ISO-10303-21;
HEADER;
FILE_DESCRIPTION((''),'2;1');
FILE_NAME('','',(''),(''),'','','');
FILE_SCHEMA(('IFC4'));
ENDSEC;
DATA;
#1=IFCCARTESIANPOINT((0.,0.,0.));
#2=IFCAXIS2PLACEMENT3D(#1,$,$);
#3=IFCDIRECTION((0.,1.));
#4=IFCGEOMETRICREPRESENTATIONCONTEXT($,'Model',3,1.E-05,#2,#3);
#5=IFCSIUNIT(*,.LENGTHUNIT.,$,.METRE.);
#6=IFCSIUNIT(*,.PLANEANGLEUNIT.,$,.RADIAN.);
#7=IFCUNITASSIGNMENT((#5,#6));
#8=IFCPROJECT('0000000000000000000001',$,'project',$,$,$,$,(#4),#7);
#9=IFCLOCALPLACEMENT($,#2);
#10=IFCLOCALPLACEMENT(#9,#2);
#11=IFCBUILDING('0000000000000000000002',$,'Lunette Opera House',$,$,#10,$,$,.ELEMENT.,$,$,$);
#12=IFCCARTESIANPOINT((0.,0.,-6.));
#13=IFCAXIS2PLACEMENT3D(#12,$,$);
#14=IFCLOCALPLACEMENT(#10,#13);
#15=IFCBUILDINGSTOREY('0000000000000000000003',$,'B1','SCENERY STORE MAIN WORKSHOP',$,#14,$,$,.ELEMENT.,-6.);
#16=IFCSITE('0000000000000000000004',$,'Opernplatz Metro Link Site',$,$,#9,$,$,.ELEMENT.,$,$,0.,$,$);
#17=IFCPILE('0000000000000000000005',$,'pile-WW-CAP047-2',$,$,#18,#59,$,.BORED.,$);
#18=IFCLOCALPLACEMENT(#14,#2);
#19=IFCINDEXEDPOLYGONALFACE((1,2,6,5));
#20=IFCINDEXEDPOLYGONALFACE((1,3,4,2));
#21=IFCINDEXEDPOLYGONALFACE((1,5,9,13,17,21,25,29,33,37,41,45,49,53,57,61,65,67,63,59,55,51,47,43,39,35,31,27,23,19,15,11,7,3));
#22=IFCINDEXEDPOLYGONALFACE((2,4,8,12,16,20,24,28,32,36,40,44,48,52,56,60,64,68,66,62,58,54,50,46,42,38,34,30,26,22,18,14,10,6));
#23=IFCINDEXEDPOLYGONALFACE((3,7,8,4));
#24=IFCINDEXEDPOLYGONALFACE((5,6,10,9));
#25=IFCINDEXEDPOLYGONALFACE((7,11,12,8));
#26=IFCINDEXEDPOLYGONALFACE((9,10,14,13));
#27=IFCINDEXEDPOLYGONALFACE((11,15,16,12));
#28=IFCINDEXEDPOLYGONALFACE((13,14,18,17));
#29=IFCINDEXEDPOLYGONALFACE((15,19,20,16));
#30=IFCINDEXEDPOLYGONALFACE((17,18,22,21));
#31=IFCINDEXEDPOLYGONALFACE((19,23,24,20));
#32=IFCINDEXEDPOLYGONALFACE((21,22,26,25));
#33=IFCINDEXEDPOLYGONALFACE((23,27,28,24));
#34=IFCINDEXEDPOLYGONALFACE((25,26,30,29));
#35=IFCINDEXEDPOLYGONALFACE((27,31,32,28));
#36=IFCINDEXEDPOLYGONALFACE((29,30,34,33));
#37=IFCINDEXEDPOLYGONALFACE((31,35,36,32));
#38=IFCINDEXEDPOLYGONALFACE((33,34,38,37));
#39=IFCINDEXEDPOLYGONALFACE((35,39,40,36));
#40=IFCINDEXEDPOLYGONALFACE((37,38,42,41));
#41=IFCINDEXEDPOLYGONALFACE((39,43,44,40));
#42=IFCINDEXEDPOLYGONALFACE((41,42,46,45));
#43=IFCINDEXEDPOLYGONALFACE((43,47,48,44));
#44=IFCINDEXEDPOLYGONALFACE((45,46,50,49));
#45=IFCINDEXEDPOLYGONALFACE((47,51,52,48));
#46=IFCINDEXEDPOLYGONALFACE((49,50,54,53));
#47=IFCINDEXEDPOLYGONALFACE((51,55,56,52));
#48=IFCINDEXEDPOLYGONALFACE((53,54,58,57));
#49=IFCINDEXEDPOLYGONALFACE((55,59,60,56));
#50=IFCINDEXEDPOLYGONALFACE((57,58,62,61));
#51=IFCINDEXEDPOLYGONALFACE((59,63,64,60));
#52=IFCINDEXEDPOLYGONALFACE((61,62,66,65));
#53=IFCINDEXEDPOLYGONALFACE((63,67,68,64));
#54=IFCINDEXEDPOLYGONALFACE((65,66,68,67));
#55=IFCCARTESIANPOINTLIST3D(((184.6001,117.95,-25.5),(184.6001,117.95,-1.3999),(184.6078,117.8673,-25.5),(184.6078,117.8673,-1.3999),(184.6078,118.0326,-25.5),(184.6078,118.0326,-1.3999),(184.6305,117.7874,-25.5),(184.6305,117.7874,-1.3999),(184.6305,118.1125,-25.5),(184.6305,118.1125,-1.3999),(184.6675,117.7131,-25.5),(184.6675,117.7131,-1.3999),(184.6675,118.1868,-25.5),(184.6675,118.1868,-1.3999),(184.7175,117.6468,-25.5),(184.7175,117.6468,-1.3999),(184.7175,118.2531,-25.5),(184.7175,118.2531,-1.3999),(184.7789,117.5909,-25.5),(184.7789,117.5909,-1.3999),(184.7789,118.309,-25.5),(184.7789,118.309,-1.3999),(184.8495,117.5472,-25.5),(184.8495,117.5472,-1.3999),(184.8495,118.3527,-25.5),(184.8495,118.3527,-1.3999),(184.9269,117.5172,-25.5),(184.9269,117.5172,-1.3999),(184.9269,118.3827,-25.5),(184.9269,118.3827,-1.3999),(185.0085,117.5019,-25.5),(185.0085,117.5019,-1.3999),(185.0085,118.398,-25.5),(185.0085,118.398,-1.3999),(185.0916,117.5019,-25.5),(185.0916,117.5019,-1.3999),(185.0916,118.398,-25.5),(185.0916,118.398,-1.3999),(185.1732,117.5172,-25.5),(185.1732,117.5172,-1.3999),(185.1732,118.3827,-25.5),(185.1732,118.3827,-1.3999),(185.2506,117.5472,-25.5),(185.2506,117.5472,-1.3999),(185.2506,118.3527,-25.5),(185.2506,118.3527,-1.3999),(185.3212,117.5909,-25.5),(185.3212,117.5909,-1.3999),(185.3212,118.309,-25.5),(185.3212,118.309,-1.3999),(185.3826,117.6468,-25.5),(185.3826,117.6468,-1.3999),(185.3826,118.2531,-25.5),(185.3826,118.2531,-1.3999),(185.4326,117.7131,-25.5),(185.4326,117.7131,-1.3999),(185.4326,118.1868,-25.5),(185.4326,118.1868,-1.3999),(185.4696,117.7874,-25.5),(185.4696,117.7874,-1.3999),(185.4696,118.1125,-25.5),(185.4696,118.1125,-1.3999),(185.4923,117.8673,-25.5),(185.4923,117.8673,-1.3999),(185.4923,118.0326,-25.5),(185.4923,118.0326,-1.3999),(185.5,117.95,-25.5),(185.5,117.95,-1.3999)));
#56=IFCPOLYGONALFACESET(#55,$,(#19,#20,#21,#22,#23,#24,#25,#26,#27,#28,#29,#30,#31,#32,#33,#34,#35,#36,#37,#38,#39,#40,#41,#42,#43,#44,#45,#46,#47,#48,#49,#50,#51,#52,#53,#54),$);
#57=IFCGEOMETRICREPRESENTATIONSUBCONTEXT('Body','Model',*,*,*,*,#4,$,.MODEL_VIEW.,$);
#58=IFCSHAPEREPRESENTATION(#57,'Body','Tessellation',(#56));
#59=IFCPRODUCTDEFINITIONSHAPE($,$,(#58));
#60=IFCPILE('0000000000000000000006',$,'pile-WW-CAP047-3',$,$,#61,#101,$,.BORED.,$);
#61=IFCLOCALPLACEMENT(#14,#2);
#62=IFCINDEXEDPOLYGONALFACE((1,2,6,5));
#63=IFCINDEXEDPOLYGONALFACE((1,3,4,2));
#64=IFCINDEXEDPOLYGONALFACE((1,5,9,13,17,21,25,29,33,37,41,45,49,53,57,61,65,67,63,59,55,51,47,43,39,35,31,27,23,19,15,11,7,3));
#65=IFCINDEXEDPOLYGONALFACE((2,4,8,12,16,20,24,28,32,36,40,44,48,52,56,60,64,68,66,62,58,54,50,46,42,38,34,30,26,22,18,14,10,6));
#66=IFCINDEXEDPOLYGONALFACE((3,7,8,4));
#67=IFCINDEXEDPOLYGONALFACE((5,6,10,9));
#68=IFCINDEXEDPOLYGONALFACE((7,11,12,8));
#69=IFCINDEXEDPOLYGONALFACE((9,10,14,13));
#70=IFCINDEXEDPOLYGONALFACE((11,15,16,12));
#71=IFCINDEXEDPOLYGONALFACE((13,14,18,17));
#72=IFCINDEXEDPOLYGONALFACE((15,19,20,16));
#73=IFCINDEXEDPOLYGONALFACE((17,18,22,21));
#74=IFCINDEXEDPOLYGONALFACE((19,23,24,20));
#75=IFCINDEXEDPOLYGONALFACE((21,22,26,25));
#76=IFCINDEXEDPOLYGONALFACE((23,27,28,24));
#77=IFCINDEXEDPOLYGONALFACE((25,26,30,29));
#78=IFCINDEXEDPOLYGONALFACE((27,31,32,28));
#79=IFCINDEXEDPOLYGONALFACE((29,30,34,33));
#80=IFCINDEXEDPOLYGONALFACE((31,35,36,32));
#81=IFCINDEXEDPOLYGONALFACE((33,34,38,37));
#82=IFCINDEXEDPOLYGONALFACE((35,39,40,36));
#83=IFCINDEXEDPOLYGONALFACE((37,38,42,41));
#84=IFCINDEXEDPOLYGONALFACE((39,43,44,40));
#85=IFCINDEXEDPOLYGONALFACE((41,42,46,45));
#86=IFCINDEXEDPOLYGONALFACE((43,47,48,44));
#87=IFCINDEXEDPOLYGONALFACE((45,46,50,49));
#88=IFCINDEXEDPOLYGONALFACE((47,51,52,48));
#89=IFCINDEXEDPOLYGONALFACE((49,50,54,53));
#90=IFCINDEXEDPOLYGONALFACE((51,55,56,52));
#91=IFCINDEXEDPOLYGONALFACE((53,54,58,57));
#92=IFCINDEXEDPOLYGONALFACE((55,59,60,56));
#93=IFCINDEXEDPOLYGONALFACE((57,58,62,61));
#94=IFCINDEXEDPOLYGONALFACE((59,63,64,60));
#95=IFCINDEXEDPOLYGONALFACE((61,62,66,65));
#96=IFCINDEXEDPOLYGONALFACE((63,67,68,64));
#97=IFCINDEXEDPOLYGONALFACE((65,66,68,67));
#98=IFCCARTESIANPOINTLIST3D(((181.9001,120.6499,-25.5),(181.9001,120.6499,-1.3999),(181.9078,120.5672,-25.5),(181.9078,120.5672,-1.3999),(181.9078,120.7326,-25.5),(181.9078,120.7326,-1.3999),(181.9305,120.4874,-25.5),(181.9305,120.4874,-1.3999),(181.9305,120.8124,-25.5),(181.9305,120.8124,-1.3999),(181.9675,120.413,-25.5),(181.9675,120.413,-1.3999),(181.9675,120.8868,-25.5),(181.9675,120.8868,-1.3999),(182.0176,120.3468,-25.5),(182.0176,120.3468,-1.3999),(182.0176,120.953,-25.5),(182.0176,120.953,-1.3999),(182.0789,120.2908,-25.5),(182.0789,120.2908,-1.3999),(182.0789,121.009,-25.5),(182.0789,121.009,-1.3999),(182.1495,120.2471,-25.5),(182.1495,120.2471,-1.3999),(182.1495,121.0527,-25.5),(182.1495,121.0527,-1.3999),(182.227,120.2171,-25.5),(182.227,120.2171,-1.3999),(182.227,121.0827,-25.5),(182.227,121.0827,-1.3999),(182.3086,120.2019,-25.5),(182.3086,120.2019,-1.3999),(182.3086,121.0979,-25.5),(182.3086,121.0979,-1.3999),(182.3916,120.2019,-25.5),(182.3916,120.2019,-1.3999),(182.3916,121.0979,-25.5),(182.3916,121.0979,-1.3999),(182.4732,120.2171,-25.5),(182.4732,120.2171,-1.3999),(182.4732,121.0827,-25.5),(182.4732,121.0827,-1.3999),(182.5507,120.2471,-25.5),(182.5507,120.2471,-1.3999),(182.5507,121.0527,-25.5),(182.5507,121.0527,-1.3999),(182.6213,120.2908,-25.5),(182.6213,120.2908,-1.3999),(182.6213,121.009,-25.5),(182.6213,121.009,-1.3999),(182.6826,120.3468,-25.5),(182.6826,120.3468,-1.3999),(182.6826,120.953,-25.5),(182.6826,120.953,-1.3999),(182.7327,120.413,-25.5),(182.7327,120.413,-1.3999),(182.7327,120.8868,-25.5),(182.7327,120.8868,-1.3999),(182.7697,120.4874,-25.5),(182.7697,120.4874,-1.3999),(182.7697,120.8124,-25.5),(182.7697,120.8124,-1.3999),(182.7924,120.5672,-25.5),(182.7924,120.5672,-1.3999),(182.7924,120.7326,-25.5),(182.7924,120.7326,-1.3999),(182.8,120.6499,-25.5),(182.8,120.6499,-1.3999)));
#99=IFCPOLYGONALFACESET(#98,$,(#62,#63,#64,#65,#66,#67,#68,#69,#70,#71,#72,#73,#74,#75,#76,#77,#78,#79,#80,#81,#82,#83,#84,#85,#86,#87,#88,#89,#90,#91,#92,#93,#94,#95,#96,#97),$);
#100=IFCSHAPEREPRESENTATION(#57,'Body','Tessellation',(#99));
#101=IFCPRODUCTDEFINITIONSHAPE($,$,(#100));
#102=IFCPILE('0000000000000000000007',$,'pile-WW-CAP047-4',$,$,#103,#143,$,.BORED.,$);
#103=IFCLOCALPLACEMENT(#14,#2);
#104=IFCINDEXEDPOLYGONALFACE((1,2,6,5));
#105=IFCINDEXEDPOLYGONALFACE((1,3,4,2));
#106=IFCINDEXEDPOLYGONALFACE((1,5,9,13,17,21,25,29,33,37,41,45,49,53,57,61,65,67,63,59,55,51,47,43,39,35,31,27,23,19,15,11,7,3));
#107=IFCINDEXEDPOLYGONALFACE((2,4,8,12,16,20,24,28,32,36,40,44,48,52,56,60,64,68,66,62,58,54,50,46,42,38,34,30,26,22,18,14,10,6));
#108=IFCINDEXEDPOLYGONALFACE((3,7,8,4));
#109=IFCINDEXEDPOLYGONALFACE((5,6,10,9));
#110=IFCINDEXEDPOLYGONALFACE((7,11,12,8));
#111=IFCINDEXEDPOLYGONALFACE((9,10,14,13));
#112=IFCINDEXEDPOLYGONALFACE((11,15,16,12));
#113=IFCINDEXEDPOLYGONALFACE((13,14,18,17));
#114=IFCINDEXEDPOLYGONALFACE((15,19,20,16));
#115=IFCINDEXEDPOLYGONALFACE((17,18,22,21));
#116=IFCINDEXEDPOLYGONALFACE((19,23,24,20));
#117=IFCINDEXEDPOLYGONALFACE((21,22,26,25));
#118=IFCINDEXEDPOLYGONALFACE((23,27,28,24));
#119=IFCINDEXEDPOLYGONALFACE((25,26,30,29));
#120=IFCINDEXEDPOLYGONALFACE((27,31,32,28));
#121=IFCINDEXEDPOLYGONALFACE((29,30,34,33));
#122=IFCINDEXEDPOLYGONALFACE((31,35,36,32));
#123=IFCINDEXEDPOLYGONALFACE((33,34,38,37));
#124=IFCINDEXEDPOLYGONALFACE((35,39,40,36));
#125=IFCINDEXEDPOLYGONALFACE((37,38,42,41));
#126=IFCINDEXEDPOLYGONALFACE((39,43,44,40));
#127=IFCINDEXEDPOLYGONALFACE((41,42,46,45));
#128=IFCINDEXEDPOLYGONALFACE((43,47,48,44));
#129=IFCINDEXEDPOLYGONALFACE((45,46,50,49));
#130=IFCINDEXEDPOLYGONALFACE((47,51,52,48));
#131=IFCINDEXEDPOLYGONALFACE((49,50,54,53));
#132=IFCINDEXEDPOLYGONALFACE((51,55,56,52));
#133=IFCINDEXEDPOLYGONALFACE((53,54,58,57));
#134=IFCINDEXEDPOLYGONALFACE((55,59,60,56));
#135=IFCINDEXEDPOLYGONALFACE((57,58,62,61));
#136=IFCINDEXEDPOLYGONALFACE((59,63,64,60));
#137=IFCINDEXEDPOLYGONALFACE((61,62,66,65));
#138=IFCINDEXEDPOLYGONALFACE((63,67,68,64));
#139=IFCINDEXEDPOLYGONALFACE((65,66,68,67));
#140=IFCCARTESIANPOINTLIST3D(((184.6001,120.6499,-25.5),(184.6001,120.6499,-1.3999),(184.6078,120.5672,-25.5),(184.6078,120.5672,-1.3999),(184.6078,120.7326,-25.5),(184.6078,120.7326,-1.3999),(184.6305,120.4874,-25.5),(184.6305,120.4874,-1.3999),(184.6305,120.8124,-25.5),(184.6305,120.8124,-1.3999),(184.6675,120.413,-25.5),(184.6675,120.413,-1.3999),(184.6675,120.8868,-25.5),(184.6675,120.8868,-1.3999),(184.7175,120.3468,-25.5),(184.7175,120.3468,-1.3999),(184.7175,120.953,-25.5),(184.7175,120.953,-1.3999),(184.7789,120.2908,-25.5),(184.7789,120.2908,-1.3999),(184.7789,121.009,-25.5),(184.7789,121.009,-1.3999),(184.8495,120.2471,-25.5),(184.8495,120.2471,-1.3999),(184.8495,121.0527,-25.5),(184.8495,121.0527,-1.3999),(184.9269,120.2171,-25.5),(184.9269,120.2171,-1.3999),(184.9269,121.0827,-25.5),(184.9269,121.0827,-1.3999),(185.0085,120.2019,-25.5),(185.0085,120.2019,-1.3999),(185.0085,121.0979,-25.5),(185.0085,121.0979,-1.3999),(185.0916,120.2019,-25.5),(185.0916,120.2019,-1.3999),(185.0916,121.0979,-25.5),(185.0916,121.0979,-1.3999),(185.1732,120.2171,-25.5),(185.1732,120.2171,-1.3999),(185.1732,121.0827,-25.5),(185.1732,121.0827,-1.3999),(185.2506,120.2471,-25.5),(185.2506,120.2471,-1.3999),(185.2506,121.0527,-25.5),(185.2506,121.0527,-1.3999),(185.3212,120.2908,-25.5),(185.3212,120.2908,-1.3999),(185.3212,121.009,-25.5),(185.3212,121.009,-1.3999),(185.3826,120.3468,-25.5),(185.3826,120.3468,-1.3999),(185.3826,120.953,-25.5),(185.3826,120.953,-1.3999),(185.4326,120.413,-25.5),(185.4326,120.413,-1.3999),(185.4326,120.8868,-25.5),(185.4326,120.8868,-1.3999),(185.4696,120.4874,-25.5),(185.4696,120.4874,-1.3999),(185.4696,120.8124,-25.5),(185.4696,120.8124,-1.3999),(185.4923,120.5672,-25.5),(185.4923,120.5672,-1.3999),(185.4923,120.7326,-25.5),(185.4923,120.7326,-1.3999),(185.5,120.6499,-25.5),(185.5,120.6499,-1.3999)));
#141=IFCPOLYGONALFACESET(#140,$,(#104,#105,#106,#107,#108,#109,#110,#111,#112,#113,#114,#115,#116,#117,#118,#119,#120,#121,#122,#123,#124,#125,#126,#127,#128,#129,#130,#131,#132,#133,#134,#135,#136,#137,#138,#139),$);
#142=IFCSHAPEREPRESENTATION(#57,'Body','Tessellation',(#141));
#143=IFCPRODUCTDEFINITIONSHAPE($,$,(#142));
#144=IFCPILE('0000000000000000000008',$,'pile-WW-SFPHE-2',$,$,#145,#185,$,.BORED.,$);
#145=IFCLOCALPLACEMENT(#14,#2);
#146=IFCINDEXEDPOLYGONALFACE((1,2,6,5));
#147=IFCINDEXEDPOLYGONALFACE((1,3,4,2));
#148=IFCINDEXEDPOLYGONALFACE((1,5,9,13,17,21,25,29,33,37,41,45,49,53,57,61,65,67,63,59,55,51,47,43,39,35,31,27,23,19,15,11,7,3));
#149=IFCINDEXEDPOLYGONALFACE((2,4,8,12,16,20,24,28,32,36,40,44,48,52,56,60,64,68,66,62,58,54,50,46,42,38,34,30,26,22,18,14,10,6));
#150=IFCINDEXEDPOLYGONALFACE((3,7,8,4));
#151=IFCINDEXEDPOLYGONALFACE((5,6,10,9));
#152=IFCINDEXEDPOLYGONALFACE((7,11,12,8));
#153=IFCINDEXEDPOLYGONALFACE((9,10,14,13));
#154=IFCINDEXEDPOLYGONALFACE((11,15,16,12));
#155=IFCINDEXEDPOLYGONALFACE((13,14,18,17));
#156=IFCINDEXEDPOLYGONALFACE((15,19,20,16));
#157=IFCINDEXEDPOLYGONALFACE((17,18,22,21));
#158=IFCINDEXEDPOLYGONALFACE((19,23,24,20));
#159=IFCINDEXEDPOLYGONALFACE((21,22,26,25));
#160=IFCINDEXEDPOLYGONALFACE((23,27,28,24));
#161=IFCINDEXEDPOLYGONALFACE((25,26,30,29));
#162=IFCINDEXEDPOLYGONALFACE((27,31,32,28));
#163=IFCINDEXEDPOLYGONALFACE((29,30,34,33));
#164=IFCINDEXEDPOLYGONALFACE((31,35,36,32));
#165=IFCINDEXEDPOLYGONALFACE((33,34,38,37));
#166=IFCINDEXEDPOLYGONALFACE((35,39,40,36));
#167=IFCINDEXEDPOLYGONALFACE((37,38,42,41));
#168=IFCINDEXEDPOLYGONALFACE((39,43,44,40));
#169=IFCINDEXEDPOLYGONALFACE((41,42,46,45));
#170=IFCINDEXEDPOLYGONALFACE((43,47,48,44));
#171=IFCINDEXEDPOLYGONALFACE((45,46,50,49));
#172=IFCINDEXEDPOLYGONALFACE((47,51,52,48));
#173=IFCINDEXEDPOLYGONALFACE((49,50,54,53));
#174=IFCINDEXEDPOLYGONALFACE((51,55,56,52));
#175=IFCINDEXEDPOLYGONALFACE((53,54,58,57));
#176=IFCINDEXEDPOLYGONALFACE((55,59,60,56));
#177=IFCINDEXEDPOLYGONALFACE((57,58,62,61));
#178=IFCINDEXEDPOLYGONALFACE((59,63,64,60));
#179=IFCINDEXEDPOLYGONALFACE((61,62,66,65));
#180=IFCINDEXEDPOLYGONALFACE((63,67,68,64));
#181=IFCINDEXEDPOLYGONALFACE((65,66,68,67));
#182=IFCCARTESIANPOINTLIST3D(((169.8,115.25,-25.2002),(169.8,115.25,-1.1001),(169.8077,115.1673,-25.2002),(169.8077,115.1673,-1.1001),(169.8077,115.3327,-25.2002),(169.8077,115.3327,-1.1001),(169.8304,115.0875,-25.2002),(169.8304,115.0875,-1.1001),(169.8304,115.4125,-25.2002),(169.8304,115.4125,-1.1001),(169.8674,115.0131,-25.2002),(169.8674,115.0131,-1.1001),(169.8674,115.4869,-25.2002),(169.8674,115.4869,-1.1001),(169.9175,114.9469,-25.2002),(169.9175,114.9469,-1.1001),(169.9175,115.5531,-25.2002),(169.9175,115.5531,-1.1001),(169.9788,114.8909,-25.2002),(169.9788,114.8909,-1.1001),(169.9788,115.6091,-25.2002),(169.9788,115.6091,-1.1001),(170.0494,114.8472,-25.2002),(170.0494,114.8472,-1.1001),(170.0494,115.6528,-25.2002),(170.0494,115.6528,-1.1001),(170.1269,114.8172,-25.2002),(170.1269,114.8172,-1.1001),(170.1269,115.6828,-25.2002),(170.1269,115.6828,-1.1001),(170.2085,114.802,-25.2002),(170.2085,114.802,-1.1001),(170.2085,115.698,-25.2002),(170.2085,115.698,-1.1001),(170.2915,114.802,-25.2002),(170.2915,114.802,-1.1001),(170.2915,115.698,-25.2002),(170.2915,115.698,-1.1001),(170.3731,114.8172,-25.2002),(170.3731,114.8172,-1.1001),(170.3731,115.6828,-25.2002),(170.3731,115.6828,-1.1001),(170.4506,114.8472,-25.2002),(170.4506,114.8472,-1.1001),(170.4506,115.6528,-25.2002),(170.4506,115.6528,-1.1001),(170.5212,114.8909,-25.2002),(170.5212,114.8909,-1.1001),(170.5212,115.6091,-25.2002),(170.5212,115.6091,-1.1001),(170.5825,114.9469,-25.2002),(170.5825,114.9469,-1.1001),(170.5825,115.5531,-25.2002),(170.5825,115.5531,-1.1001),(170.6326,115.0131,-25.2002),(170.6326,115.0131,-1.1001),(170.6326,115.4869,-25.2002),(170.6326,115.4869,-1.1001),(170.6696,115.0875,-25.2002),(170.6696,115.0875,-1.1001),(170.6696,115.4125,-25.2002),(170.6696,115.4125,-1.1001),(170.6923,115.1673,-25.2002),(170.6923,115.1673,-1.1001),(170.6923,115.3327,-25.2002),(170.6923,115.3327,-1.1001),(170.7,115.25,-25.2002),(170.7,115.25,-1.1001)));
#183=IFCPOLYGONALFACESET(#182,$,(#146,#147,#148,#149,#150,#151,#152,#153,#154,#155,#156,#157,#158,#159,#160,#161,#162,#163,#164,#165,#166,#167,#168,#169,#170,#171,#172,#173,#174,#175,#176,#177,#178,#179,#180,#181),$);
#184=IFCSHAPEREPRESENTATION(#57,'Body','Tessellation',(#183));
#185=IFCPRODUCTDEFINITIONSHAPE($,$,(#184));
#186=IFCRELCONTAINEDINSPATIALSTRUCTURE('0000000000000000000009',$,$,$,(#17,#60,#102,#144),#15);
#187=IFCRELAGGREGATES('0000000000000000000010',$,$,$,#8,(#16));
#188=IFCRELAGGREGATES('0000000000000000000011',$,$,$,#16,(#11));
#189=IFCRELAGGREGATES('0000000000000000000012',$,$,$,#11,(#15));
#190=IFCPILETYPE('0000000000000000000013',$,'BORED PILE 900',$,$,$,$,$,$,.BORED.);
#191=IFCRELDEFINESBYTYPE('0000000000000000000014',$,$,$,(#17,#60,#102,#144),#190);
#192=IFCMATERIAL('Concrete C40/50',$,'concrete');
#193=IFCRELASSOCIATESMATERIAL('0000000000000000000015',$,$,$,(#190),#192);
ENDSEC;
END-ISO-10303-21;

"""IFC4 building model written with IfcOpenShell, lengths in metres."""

from ifc_helpers import new_model, si_unit, direction, frame, origin, origin_2d, place, context, subcontext, project, spatial, circle, extrude, material, material_profile, profile_set, type_object, element, save


model = new_model("IFC4")

# Units and contexts
model_context = context("Model", 3, precision=1e-05, world=origin(), true_north=direction((0.0, 1.0)))
body_context = subcontext(model_context, "Body", "Model", "MODEL_VIEW")
ifc_project = project(units=[si_unit("LENGTHUNIT", "METRE"), si_unit("PLANEANGLEUNIT", "RADIAN")], contexts=[model_context])

# Site, building, storey
site_placement = place(None, origin())
site = spatial("IfcSite", under=ifc_project, at=site_placement, Name="Opernplatz Metro Link Site", CompositionType="ELEMENT", RefElevation=0.0)
building_placement = place(site_placement, origin())
building = spatial("IfcBuilding", under=site, at=building_placement, Name="Lunette Opera House", CompositionType="ELEMENT")
storey_placement = place(building_placement, frame((0.0, 0.0, -6.0)))
storey = spatial("IfcBuildingStorey", under=building, at=storey_placement, Name="B1", Description="SCENERY STORE MAIN WORKSHOP", CompositionType="ELEMENT", Elevation=-6.0)

# Piles
ifc_material_1 = material(Name="Concrete C40/50", Category="concrete")
ifc_material_profile_1 = material_profile(ifc_material_1, circle(Radius=0.45, at=origin_2d()), Name="BORED PILE 900")
ifc_profile_set_1 = profile_set([ifc_material_profile_1], Name="Concrete C40/50")
pile_type = type_object("IfcPileType", Name="BORED PILE 900", PredefinedType="BORED", material=ifc_profile_set_1)
for number, where, z_axis, x_axis, name in (
    (1, (185.05, 117.95, -1.3999), (0.0, 0.0, -1.0), (1.0, 0.0, 0.0), "pile-WW-CAP047-2"),
    (2, (182.3501, 120.6499, -1.3999), (0.0, 0.0, -1.0), (1.0, 0.0, 0.0), "pile-WW-CAP047-3"),
    (3, (185.05, 120.6499, -1.3999), (0.0, 0.0, -1.0), (1.0, 0.0, 0.0), "pile-WW-CAP047-4"),
    (4, (170.25, 115.25, -1.1001), (0.0, 0.0, -1.0), (1.0, 0.0, 0.0), "pile-WW-SFPHE-2"),
):
    element("IfcPile", number, at=place(storey_placement, frame(where, z_axis=z_axis, x_axis=x_axis)), inside=storey, type_object=pile_type, Name=name, PredefinedType="BORED", context=body_context, shape_type="SweptSolid", body=[
        extrude(circle(Radius=0.45, at=origin_2d()), origin(), (0.0, 0.0, 1.0), 24.1001),
    ])

save(model, "model.ifc")
